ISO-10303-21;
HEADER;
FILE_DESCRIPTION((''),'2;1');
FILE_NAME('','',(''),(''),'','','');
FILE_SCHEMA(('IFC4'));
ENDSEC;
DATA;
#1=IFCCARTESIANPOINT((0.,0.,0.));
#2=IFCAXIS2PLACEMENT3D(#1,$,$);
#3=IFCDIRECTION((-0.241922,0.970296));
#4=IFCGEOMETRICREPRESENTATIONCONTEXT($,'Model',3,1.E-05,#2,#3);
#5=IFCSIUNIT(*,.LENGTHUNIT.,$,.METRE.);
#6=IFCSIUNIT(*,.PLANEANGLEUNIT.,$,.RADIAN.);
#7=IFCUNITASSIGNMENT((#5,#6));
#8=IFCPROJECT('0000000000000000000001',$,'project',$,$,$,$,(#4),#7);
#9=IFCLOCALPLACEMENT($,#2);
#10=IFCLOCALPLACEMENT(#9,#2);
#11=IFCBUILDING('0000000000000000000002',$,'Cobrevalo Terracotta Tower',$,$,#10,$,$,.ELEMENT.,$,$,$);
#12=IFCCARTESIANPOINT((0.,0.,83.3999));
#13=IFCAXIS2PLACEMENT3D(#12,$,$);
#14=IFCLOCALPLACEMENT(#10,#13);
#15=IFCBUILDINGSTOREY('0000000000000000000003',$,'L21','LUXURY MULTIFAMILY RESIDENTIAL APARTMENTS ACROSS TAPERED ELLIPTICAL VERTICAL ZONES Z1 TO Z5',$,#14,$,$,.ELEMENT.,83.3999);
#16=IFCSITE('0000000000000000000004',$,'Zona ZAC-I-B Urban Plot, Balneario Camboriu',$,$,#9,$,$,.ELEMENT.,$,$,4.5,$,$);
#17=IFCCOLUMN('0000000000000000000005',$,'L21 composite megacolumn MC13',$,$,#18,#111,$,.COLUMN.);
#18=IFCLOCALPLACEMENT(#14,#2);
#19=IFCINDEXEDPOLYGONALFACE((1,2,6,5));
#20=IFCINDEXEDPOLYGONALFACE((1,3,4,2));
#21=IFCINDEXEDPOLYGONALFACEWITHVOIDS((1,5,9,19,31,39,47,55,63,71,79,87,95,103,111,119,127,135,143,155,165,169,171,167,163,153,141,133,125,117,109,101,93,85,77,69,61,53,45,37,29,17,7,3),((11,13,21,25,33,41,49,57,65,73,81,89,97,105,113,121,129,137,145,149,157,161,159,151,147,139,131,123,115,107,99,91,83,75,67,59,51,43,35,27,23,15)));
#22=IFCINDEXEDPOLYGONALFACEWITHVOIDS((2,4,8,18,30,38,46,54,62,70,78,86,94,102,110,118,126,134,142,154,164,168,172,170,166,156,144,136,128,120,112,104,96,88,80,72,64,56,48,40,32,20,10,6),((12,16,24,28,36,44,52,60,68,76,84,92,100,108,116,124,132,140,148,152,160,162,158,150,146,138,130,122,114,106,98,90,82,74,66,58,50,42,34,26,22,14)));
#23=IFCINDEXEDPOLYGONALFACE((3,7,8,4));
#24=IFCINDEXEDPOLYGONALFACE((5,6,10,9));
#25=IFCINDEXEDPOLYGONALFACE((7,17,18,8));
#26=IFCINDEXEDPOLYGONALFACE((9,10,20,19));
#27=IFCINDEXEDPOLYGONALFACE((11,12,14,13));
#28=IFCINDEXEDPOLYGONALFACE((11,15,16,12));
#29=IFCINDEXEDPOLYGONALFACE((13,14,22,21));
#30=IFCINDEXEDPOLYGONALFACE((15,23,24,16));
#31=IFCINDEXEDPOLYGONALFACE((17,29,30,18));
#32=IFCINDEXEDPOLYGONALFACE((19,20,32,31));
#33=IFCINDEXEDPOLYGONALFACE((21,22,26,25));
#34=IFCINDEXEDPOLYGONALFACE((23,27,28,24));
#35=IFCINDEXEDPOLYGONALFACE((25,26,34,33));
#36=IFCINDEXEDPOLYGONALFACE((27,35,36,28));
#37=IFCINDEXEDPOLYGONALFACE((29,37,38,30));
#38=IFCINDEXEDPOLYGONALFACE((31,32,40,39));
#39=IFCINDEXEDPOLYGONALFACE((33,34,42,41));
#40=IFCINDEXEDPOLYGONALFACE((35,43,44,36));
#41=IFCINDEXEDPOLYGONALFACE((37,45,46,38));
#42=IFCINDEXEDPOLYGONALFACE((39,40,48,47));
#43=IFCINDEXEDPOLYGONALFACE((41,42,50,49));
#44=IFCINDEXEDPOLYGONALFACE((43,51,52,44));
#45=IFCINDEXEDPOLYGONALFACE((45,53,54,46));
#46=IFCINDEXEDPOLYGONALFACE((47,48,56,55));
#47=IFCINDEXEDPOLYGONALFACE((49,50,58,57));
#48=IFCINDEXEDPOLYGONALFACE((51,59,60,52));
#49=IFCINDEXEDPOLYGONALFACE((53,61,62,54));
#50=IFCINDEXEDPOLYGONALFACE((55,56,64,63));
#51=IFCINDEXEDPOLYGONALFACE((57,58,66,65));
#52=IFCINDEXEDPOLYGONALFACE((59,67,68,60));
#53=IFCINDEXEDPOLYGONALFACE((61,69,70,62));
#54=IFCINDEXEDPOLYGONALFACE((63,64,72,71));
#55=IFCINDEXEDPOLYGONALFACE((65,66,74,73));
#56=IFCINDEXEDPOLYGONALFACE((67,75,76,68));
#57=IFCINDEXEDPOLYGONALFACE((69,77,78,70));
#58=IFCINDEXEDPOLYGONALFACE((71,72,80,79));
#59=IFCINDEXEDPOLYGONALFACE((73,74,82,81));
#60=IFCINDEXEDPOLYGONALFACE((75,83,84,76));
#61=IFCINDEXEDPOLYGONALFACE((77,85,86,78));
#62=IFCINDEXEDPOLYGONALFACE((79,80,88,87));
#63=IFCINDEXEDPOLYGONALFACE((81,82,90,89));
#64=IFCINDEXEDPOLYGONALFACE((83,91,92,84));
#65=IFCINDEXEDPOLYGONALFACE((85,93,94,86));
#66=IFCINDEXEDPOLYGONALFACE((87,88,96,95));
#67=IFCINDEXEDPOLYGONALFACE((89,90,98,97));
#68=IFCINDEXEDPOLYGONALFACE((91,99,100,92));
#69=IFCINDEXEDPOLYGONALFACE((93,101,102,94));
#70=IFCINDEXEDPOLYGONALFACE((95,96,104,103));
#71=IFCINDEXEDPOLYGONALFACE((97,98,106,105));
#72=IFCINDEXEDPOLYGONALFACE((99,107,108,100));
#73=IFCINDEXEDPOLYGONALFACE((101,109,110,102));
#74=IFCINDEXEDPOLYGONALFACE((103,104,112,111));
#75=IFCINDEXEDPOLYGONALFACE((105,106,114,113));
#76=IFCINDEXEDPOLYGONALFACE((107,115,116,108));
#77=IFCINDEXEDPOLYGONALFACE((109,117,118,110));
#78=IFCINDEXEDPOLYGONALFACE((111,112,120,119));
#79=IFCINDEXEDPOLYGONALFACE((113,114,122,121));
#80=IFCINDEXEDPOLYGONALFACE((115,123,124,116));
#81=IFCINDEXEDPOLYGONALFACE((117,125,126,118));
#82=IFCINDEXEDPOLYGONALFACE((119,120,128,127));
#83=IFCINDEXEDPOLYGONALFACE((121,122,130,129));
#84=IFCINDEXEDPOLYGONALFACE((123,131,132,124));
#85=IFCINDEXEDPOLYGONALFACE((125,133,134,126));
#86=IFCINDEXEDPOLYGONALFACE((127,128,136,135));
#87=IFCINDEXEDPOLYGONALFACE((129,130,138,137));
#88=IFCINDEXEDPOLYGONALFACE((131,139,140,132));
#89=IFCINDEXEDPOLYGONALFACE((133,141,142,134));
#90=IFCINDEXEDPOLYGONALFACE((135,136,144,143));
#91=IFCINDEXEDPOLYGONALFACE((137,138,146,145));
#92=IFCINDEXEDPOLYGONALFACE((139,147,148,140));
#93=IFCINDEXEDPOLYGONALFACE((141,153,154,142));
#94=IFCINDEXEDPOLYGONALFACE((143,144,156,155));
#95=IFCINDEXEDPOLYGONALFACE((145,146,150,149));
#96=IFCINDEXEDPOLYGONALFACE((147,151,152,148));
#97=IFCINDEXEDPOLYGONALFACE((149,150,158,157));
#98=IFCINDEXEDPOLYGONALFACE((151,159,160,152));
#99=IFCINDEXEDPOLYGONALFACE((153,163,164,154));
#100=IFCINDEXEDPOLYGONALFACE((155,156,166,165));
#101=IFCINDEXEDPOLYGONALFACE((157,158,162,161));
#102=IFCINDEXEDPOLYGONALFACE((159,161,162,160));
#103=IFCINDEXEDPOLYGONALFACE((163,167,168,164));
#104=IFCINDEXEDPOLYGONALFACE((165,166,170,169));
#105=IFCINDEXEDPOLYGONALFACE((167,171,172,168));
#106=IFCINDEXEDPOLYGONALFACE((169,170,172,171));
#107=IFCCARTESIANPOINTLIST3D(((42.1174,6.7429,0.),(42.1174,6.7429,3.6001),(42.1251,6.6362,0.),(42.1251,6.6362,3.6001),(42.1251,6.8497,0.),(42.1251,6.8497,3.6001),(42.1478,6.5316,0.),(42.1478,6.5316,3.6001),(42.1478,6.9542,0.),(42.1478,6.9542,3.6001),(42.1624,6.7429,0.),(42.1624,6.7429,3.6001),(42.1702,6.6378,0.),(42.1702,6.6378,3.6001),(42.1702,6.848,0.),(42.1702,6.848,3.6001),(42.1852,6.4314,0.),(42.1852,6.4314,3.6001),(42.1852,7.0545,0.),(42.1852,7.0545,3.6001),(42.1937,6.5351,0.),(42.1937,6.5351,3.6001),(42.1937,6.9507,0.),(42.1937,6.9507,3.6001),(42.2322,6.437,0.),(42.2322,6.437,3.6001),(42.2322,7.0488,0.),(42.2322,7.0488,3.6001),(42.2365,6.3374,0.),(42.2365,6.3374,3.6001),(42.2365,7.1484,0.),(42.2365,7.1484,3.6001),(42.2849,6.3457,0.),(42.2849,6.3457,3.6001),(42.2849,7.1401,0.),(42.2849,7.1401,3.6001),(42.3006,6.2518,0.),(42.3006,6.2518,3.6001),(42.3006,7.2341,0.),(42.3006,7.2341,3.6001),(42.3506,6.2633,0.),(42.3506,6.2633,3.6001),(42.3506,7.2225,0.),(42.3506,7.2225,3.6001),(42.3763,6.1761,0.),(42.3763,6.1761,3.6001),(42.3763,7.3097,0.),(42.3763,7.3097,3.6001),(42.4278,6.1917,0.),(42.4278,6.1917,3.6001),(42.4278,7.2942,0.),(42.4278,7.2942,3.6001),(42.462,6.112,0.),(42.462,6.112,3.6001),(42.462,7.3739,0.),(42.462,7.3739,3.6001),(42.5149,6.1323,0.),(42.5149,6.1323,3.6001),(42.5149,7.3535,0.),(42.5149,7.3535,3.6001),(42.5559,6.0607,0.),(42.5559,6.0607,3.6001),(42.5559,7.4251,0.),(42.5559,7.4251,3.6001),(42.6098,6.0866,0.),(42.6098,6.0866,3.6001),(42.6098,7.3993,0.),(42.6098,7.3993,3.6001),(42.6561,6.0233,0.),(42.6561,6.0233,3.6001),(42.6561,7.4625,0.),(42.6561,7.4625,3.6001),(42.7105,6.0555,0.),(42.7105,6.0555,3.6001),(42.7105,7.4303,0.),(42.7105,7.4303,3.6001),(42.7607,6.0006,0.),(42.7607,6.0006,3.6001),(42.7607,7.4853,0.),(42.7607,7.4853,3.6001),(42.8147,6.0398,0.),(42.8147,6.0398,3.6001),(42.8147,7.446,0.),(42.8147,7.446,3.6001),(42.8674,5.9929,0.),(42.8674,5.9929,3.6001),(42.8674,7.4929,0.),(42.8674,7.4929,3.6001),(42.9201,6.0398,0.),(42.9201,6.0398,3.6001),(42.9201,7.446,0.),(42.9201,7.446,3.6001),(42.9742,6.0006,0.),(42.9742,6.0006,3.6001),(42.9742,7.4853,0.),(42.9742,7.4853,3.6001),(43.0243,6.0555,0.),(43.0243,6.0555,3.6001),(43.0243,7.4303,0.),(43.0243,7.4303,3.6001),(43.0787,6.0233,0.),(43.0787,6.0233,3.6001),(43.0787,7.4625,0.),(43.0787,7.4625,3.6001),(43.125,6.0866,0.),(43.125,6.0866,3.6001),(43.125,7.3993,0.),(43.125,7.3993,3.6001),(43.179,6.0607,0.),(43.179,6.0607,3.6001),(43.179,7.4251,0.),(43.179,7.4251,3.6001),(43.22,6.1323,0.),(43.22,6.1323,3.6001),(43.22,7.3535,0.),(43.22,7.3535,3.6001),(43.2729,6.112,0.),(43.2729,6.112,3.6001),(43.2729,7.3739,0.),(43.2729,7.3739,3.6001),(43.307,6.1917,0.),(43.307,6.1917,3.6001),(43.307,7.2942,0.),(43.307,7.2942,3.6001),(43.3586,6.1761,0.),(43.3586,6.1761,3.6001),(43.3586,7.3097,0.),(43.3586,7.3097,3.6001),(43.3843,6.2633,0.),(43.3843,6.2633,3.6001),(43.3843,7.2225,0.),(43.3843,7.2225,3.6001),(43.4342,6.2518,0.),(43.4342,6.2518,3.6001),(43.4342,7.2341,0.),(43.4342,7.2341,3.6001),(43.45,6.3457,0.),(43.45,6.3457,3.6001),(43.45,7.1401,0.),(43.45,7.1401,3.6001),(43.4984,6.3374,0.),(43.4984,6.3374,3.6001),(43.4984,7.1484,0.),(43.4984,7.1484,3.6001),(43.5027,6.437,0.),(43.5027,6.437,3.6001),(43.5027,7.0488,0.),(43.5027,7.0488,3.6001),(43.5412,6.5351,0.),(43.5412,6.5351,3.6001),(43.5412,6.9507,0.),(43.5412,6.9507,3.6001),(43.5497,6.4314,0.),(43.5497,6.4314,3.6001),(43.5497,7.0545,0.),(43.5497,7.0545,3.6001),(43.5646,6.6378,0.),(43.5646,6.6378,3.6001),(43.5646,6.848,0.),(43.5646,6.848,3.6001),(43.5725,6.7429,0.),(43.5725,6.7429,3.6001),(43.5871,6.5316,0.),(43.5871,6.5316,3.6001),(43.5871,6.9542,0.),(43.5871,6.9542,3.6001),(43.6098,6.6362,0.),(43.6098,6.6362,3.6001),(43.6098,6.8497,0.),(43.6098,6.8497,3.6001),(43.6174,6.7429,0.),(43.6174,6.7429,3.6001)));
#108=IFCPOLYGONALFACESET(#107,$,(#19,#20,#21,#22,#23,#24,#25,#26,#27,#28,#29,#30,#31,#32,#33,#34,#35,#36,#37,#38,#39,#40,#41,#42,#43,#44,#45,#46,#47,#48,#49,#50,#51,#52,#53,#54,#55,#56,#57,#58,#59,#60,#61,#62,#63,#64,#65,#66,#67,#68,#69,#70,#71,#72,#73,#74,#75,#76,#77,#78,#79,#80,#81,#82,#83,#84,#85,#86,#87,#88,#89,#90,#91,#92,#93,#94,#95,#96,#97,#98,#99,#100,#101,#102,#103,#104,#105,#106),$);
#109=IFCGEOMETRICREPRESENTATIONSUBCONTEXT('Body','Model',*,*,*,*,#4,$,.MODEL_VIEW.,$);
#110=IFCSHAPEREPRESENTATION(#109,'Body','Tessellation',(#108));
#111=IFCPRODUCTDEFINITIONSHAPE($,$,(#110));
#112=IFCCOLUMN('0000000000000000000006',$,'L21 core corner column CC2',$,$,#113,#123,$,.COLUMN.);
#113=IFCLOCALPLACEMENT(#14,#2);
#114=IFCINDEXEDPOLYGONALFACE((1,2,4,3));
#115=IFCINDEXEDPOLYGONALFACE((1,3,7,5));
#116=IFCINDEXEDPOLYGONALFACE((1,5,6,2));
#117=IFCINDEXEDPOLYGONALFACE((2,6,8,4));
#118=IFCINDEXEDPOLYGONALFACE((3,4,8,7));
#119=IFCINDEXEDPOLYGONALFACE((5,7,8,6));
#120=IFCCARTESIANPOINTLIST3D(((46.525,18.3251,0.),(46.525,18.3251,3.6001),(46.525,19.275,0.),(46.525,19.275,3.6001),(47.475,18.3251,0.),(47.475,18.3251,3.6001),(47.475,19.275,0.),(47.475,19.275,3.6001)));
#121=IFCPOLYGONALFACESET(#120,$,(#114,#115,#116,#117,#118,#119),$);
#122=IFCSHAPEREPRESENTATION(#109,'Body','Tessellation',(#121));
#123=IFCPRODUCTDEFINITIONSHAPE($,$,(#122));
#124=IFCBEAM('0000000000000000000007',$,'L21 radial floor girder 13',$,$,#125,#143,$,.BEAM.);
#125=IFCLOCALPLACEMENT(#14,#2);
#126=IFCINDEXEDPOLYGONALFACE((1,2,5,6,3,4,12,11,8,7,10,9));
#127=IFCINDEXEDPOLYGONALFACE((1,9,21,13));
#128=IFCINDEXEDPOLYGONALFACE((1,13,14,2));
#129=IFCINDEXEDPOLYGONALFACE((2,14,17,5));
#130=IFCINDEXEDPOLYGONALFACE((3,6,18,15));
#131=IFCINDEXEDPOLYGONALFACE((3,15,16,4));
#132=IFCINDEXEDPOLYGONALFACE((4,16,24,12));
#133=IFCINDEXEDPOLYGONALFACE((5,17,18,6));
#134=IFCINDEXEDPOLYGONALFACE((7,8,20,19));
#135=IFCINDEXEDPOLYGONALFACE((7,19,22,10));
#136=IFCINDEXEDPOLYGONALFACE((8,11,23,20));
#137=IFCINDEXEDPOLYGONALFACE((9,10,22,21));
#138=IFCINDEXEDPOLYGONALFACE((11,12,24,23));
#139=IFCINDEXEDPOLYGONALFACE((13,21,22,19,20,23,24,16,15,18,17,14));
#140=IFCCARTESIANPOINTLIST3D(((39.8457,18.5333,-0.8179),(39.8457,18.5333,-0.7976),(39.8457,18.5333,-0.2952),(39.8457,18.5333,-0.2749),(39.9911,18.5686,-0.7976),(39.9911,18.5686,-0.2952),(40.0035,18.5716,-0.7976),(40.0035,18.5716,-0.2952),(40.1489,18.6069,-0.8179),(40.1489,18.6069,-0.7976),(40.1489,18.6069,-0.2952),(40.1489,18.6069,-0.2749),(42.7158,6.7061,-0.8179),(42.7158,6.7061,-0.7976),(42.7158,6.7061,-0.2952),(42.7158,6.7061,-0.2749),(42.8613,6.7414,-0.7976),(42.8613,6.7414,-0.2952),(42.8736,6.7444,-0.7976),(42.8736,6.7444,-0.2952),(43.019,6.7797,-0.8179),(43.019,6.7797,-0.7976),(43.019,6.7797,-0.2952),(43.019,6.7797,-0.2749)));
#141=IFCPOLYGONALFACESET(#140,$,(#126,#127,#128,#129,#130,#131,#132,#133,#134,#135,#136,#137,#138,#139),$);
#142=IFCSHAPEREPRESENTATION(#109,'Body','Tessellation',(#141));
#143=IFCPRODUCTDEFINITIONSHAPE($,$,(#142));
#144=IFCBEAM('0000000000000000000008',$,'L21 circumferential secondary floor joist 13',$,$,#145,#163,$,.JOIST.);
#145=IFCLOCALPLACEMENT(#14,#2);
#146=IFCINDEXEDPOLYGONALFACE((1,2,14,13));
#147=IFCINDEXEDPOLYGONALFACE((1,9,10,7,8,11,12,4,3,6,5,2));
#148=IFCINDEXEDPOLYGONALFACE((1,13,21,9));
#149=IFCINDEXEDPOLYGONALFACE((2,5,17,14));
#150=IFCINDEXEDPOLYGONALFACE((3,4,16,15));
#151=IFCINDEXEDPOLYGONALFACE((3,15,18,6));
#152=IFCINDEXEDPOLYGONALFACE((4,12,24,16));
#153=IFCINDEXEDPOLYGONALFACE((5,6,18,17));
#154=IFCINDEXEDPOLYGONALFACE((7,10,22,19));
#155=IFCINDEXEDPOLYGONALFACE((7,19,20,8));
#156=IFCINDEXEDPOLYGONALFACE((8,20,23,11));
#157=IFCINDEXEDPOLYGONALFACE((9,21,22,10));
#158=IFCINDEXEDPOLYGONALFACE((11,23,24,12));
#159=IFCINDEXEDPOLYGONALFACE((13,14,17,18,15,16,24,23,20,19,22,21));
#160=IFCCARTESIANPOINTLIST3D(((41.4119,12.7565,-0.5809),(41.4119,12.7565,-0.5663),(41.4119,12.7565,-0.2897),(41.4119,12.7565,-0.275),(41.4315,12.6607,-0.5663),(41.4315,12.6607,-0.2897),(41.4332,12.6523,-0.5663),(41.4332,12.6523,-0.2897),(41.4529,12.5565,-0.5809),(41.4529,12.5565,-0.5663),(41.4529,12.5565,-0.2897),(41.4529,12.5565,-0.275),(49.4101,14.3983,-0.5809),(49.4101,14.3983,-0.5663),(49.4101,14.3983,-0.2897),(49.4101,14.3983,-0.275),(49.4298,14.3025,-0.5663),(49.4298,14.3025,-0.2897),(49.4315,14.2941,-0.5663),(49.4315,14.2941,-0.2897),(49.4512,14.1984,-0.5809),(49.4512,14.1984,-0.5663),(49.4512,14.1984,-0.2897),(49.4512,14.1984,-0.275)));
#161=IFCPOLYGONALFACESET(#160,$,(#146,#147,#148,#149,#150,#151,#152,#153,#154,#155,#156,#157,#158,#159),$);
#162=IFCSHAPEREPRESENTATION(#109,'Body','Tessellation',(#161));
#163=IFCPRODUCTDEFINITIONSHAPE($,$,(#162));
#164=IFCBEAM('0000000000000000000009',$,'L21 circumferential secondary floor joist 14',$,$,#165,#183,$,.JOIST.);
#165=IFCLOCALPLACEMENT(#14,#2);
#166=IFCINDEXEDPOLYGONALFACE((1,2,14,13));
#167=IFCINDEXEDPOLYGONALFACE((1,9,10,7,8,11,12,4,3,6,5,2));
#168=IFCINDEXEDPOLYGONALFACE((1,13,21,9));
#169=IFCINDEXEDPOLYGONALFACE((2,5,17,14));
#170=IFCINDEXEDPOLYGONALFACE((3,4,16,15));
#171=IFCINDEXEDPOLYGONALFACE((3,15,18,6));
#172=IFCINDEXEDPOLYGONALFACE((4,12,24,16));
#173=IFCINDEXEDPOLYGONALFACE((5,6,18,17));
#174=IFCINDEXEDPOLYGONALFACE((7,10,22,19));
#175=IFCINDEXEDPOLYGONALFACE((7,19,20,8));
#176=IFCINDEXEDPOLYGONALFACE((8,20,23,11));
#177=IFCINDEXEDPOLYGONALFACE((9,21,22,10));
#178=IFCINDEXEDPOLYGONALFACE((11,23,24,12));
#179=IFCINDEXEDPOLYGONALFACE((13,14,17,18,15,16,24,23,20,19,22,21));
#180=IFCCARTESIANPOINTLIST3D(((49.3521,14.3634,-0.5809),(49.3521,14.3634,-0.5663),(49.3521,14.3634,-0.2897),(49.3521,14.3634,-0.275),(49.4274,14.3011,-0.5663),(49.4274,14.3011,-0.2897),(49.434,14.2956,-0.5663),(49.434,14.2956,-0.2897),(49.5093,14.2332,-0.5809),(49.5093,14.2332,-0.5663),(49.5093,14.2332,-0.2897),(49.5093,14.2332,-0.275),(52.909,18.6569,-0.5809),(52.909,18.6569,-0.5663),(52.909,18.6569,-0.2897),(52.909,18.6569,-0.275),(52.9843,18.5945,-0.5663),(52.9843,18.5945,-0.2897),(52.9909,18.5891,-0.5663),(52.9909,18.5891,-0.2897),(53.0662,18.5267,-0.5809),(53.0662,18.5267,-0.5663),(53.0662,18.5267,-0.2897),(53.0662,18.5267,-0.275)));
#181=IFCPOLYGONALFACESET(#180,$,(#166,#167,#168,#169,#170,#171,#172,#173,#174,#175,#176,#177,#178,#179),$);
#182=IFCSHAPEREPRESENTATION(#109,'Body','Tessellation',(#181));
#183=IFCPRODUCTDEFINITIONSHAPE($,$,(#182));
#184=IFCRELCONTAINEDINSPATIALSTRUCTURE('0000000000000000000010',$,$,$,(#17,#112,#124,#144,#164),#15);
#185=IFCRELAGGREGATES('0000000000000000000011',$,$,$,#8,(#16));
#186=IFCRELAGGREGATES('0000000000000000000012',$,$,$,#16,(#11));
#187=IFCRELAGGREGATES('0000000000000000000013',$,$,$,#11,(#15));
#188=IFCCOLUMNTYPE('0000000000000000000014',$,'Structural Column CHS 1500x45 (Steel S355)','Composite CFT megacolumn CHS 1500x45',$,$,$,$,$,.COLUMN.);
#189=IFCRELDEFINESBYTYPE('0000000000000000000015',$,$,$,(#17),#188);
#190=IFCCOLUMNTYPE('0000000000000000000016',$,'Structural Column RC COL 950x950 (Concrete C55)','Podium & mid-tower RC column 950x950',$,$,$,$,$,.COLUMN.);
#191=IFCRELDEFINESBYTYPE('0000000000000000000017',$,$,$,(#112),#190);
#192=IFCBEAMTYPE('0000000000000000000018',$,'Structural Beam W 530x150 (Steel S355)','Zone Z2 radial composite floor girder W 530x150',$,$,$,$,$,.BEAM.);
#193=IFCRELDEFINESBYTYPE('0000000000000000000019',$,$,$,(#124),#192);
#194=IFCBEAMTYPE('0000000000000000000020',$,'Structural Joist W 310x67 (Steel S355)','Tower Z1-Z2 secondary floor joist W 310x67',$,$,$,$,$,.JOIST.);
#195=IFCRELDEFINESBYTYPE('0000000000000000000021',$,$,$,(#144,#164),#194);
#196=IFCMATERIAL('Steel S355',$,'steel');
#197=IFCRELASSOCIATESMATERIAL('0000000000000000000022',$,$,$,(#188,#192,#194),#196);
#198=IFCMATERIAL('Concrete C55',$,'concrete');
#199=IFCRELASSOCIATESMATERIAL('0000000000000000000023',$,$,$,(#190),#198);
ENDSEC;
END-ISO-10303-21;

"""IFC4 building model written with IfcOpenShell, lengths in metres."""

from ifc_helpers import new_model, si_unit, direction, frame, origin, origin_2d, place, context, subcontext, project, spatial, rectangle, hollow_circle, i_section, extrude, material, material_profile, profile_set, type_object, element, save


model = new_model("IFC4")

# Units and contexts
model_context = context("Model", 3, precision=1e-05, world=origin(), true_north=direction((-0.241922, 0.970296)))
body_context = subcontext(model_context, "Body", "Model", "MODEL_VIEW")
ifc_project = project(units=[si_unit("LENGTHUNIT", "METRE"), si_unit("PLANEANGLEUNIT", "RADIAN")], contexts=[model_context])

# Site, building, storey
site_placement = place(None, origin())
site = spatial("IfcSite", under=ifc_project, at=site_placement, Name="Zona ZAC-I-B Urban Plot, Balneario Camboriu", CompositionType="ELEMENT", RefElevation=4.5)
building_placement = place(site_placement, origin())
building = spatial("IfcBuilding", under=site, at=building_placement, Name="Cobrevalo Terracotta Tower", CompositionType="ELEMENT")
storey_placement = place(building_placement, frame((0.0, 0.0, 83.3999)))
storey = spatial("IfcBuildingStorey", under=building, at=storey_placement, Name="L21", Description="LUXURY MULTIFAMILY RESIDENTIAL APARTMENTS ACROSS TAPERED ELLIPTICAL VERTICAL ZONES Z1 TO Z5", CompositionType="ELEMENT", Elevation=83.3999)

# Columns
ifc_material_1 = material(Name="Steel S355", Category="steel")
ifc_material_profile_1 = material_profile(ifc_material_1, hollow_circle(Radius=0.75, WallThickness=0.0449, at=origin_2d()), Name="CHS 1500x45")
ifc_profile_set_1 = profile_set([ifc_material_profile_1], Name="Steel S355")
column_type_1 = type_object("IfcColumnType", Name="Structural Column CHS 1500x45 (Steel S355)", Description="Composite CFT megacolumn CHS 1500x45", PredefinedType="COLUMN", material=ifc_profile_set_1)
column_1_placement = place(storey_placement, frame((42.8674, 6.7429, 0.0), z_axis=(0.0, 0.0, 1.0), x_axis=(1.0, 0.0, 0.0)))
element("IfcColumn", 1, at=column_1_placement, inside=storey, type_object=column_type_1, Name="L21 composite megacolumn MC13", PredefinedType="COLUMN", context=body_context, shape_type="SweptSolid", body=[
    extrude(hollow_circle(Radius=0.75, WallThickness=0.0449, at=origin_2d()), origin(), (0.0, 0.0, 1.0), 3.6001),
])
ifc_material_2 = material(Name="Concrete C55", Category="concrete")
ifc_material_profile_2 = material_profile(ifc_material_2, rectangle(XDim=0.95, YDim=0.95, at=origin_2d()), Name="RC COL 950x950")
ifc_profile_set_2 = profile_set([ifc_material_profile_2], Name="Concrete C55")
column_type_2 = type_object("IfcColumnType", Name="Structural Column RC COL 950x950 (Concrete C55)", Description="Podium & mid-tower RC column 950x950", PredefinedType="COLUMN", material=ifc_profile_set_2)
column_2_placement = place(storey_placement, frame((47.0, 18.8, 0.0), z_axis=(0.0, 0.0, 1.0), x_axis=(1.0, 0.0, 0.0)))
element("IfcColumn", 2, at=column_2_placement, inside=storey, type_object=column_type_2, Name="L21 core corner column CC2", PredefinedType="COLUMN", context=body_context, shape_type="SweptSolid", body=[
    extrude(rectangle(XDim=0.95, YDim=0.95, at=origin_2d()), origin(), (0.0, 0.0, 1.0), 3.6001),
])

# Beams
ifc_material_profile_3 = material_profile(ifc_material_1, i_section(OverallWidth=0.312, OverallDepth=0.543, WebThickness=0.0127, FlangeThickness=0.0203, at=origin_2d()), Name="W 530x150")
ifc_profile_set_3 = profile_set([ifc_material_profile_3], Name="Steel S355")
beam_type_1 = type_object("IfcBeamType", Name="Structural Beam W 530x150 (Steel S355)", Description="Zone Z2 radial composite floor girder W 530x150", PredefinedType="BEAM", material=ifc_profile_set_3)
beam_1_placement = place(storey_placement, frame((42.8674, 6.7429, -0.5464), z_axis=(-0.235827, 0.971795, 0.0), x_axis=(-0.971795, -0.235827, 0.0)))
element("IfcBeam", 3, at=beam_1_placement, inside=storey, type_object=beam_type_1, Name="L21 radial floor girder 13", PredefinedType="BEAM", context=body_context, shape_type="SweptSolid", body=[
    extrude(i_section(OverallWidth=0.312, OverallDepth=0.543, WebThickness=0.0127, FlangeThickness=0.0203, at=origin_2d()), origin(), (0.0, 0.0, 1.0), 12.1704),
])
ifc_material_profile_4 = material_profile(ifc_material_1, i_section(OverallWidth=0.2041, OverallDepth=0.3059, WebThickness=0.0085, FlangeThickness=0.0146, at=origin_2d()), Name="W 310x67")
ifc_profile_set_4 = profile_set([ifc_material_profile_4], Name="Steel S355")
beam_type_2 = type_object("IfcBeamType", Name="Structural Joist W 310x67 (Steel S355)", Description="Tower Z1-Z2 secondary floor joist W 310x67", PredefinedType="JOIST", material=ifc_profile_set_4)
beam_2_placement = place(storey_placement, frame((41.4324, 12.6565, -0.428), z_axis=(0.979574, 0.201082, 0.0), x_axis=(-0.201082, 0.979574, 0.0)))
element("IfcBeam", 4, at=beam_2_placement, inside=storey, type_object=beam_type_2, Name="L21 circumferential secondary floor joist 13", PredefinedType="JOIST", context=body_context, shape_type="SweptSolid", body=[
    extrude(i_section(OverallWidth=0.2041, OverallDepth=0.3059, WebThickness=0.0085, FlangeThickness=0.0146, at=origin_2d()), origin(), (0.0, 0.0, 1.0), 8.165),
])
beam_3_placement = place(storey_placement, frame((49.4307, 14.2983, -0.428), z_axis=(0.637959, 0.77007, 0.0), x_axis=(-0.77007, 0.637959, 0.0)))
element("IfcBeam", 5, at=beam_3_placement, inside=storey, type_object=beam_type_2, Name="L21 circumferential secondary floor joist 14", PredefinedType="JOIST", context=body_context, shape_type="SweptSolid", body=[
    extrude(i_section(OverallWidth=0.2041, OverallDepth=0.3059, WebThickness=0.0085, FlangeThickness=0.0146, at=origin_2d()), origin(), (0.0, 0.0, 1.0), 5.5754),
])

save(model, "model.ifc")
